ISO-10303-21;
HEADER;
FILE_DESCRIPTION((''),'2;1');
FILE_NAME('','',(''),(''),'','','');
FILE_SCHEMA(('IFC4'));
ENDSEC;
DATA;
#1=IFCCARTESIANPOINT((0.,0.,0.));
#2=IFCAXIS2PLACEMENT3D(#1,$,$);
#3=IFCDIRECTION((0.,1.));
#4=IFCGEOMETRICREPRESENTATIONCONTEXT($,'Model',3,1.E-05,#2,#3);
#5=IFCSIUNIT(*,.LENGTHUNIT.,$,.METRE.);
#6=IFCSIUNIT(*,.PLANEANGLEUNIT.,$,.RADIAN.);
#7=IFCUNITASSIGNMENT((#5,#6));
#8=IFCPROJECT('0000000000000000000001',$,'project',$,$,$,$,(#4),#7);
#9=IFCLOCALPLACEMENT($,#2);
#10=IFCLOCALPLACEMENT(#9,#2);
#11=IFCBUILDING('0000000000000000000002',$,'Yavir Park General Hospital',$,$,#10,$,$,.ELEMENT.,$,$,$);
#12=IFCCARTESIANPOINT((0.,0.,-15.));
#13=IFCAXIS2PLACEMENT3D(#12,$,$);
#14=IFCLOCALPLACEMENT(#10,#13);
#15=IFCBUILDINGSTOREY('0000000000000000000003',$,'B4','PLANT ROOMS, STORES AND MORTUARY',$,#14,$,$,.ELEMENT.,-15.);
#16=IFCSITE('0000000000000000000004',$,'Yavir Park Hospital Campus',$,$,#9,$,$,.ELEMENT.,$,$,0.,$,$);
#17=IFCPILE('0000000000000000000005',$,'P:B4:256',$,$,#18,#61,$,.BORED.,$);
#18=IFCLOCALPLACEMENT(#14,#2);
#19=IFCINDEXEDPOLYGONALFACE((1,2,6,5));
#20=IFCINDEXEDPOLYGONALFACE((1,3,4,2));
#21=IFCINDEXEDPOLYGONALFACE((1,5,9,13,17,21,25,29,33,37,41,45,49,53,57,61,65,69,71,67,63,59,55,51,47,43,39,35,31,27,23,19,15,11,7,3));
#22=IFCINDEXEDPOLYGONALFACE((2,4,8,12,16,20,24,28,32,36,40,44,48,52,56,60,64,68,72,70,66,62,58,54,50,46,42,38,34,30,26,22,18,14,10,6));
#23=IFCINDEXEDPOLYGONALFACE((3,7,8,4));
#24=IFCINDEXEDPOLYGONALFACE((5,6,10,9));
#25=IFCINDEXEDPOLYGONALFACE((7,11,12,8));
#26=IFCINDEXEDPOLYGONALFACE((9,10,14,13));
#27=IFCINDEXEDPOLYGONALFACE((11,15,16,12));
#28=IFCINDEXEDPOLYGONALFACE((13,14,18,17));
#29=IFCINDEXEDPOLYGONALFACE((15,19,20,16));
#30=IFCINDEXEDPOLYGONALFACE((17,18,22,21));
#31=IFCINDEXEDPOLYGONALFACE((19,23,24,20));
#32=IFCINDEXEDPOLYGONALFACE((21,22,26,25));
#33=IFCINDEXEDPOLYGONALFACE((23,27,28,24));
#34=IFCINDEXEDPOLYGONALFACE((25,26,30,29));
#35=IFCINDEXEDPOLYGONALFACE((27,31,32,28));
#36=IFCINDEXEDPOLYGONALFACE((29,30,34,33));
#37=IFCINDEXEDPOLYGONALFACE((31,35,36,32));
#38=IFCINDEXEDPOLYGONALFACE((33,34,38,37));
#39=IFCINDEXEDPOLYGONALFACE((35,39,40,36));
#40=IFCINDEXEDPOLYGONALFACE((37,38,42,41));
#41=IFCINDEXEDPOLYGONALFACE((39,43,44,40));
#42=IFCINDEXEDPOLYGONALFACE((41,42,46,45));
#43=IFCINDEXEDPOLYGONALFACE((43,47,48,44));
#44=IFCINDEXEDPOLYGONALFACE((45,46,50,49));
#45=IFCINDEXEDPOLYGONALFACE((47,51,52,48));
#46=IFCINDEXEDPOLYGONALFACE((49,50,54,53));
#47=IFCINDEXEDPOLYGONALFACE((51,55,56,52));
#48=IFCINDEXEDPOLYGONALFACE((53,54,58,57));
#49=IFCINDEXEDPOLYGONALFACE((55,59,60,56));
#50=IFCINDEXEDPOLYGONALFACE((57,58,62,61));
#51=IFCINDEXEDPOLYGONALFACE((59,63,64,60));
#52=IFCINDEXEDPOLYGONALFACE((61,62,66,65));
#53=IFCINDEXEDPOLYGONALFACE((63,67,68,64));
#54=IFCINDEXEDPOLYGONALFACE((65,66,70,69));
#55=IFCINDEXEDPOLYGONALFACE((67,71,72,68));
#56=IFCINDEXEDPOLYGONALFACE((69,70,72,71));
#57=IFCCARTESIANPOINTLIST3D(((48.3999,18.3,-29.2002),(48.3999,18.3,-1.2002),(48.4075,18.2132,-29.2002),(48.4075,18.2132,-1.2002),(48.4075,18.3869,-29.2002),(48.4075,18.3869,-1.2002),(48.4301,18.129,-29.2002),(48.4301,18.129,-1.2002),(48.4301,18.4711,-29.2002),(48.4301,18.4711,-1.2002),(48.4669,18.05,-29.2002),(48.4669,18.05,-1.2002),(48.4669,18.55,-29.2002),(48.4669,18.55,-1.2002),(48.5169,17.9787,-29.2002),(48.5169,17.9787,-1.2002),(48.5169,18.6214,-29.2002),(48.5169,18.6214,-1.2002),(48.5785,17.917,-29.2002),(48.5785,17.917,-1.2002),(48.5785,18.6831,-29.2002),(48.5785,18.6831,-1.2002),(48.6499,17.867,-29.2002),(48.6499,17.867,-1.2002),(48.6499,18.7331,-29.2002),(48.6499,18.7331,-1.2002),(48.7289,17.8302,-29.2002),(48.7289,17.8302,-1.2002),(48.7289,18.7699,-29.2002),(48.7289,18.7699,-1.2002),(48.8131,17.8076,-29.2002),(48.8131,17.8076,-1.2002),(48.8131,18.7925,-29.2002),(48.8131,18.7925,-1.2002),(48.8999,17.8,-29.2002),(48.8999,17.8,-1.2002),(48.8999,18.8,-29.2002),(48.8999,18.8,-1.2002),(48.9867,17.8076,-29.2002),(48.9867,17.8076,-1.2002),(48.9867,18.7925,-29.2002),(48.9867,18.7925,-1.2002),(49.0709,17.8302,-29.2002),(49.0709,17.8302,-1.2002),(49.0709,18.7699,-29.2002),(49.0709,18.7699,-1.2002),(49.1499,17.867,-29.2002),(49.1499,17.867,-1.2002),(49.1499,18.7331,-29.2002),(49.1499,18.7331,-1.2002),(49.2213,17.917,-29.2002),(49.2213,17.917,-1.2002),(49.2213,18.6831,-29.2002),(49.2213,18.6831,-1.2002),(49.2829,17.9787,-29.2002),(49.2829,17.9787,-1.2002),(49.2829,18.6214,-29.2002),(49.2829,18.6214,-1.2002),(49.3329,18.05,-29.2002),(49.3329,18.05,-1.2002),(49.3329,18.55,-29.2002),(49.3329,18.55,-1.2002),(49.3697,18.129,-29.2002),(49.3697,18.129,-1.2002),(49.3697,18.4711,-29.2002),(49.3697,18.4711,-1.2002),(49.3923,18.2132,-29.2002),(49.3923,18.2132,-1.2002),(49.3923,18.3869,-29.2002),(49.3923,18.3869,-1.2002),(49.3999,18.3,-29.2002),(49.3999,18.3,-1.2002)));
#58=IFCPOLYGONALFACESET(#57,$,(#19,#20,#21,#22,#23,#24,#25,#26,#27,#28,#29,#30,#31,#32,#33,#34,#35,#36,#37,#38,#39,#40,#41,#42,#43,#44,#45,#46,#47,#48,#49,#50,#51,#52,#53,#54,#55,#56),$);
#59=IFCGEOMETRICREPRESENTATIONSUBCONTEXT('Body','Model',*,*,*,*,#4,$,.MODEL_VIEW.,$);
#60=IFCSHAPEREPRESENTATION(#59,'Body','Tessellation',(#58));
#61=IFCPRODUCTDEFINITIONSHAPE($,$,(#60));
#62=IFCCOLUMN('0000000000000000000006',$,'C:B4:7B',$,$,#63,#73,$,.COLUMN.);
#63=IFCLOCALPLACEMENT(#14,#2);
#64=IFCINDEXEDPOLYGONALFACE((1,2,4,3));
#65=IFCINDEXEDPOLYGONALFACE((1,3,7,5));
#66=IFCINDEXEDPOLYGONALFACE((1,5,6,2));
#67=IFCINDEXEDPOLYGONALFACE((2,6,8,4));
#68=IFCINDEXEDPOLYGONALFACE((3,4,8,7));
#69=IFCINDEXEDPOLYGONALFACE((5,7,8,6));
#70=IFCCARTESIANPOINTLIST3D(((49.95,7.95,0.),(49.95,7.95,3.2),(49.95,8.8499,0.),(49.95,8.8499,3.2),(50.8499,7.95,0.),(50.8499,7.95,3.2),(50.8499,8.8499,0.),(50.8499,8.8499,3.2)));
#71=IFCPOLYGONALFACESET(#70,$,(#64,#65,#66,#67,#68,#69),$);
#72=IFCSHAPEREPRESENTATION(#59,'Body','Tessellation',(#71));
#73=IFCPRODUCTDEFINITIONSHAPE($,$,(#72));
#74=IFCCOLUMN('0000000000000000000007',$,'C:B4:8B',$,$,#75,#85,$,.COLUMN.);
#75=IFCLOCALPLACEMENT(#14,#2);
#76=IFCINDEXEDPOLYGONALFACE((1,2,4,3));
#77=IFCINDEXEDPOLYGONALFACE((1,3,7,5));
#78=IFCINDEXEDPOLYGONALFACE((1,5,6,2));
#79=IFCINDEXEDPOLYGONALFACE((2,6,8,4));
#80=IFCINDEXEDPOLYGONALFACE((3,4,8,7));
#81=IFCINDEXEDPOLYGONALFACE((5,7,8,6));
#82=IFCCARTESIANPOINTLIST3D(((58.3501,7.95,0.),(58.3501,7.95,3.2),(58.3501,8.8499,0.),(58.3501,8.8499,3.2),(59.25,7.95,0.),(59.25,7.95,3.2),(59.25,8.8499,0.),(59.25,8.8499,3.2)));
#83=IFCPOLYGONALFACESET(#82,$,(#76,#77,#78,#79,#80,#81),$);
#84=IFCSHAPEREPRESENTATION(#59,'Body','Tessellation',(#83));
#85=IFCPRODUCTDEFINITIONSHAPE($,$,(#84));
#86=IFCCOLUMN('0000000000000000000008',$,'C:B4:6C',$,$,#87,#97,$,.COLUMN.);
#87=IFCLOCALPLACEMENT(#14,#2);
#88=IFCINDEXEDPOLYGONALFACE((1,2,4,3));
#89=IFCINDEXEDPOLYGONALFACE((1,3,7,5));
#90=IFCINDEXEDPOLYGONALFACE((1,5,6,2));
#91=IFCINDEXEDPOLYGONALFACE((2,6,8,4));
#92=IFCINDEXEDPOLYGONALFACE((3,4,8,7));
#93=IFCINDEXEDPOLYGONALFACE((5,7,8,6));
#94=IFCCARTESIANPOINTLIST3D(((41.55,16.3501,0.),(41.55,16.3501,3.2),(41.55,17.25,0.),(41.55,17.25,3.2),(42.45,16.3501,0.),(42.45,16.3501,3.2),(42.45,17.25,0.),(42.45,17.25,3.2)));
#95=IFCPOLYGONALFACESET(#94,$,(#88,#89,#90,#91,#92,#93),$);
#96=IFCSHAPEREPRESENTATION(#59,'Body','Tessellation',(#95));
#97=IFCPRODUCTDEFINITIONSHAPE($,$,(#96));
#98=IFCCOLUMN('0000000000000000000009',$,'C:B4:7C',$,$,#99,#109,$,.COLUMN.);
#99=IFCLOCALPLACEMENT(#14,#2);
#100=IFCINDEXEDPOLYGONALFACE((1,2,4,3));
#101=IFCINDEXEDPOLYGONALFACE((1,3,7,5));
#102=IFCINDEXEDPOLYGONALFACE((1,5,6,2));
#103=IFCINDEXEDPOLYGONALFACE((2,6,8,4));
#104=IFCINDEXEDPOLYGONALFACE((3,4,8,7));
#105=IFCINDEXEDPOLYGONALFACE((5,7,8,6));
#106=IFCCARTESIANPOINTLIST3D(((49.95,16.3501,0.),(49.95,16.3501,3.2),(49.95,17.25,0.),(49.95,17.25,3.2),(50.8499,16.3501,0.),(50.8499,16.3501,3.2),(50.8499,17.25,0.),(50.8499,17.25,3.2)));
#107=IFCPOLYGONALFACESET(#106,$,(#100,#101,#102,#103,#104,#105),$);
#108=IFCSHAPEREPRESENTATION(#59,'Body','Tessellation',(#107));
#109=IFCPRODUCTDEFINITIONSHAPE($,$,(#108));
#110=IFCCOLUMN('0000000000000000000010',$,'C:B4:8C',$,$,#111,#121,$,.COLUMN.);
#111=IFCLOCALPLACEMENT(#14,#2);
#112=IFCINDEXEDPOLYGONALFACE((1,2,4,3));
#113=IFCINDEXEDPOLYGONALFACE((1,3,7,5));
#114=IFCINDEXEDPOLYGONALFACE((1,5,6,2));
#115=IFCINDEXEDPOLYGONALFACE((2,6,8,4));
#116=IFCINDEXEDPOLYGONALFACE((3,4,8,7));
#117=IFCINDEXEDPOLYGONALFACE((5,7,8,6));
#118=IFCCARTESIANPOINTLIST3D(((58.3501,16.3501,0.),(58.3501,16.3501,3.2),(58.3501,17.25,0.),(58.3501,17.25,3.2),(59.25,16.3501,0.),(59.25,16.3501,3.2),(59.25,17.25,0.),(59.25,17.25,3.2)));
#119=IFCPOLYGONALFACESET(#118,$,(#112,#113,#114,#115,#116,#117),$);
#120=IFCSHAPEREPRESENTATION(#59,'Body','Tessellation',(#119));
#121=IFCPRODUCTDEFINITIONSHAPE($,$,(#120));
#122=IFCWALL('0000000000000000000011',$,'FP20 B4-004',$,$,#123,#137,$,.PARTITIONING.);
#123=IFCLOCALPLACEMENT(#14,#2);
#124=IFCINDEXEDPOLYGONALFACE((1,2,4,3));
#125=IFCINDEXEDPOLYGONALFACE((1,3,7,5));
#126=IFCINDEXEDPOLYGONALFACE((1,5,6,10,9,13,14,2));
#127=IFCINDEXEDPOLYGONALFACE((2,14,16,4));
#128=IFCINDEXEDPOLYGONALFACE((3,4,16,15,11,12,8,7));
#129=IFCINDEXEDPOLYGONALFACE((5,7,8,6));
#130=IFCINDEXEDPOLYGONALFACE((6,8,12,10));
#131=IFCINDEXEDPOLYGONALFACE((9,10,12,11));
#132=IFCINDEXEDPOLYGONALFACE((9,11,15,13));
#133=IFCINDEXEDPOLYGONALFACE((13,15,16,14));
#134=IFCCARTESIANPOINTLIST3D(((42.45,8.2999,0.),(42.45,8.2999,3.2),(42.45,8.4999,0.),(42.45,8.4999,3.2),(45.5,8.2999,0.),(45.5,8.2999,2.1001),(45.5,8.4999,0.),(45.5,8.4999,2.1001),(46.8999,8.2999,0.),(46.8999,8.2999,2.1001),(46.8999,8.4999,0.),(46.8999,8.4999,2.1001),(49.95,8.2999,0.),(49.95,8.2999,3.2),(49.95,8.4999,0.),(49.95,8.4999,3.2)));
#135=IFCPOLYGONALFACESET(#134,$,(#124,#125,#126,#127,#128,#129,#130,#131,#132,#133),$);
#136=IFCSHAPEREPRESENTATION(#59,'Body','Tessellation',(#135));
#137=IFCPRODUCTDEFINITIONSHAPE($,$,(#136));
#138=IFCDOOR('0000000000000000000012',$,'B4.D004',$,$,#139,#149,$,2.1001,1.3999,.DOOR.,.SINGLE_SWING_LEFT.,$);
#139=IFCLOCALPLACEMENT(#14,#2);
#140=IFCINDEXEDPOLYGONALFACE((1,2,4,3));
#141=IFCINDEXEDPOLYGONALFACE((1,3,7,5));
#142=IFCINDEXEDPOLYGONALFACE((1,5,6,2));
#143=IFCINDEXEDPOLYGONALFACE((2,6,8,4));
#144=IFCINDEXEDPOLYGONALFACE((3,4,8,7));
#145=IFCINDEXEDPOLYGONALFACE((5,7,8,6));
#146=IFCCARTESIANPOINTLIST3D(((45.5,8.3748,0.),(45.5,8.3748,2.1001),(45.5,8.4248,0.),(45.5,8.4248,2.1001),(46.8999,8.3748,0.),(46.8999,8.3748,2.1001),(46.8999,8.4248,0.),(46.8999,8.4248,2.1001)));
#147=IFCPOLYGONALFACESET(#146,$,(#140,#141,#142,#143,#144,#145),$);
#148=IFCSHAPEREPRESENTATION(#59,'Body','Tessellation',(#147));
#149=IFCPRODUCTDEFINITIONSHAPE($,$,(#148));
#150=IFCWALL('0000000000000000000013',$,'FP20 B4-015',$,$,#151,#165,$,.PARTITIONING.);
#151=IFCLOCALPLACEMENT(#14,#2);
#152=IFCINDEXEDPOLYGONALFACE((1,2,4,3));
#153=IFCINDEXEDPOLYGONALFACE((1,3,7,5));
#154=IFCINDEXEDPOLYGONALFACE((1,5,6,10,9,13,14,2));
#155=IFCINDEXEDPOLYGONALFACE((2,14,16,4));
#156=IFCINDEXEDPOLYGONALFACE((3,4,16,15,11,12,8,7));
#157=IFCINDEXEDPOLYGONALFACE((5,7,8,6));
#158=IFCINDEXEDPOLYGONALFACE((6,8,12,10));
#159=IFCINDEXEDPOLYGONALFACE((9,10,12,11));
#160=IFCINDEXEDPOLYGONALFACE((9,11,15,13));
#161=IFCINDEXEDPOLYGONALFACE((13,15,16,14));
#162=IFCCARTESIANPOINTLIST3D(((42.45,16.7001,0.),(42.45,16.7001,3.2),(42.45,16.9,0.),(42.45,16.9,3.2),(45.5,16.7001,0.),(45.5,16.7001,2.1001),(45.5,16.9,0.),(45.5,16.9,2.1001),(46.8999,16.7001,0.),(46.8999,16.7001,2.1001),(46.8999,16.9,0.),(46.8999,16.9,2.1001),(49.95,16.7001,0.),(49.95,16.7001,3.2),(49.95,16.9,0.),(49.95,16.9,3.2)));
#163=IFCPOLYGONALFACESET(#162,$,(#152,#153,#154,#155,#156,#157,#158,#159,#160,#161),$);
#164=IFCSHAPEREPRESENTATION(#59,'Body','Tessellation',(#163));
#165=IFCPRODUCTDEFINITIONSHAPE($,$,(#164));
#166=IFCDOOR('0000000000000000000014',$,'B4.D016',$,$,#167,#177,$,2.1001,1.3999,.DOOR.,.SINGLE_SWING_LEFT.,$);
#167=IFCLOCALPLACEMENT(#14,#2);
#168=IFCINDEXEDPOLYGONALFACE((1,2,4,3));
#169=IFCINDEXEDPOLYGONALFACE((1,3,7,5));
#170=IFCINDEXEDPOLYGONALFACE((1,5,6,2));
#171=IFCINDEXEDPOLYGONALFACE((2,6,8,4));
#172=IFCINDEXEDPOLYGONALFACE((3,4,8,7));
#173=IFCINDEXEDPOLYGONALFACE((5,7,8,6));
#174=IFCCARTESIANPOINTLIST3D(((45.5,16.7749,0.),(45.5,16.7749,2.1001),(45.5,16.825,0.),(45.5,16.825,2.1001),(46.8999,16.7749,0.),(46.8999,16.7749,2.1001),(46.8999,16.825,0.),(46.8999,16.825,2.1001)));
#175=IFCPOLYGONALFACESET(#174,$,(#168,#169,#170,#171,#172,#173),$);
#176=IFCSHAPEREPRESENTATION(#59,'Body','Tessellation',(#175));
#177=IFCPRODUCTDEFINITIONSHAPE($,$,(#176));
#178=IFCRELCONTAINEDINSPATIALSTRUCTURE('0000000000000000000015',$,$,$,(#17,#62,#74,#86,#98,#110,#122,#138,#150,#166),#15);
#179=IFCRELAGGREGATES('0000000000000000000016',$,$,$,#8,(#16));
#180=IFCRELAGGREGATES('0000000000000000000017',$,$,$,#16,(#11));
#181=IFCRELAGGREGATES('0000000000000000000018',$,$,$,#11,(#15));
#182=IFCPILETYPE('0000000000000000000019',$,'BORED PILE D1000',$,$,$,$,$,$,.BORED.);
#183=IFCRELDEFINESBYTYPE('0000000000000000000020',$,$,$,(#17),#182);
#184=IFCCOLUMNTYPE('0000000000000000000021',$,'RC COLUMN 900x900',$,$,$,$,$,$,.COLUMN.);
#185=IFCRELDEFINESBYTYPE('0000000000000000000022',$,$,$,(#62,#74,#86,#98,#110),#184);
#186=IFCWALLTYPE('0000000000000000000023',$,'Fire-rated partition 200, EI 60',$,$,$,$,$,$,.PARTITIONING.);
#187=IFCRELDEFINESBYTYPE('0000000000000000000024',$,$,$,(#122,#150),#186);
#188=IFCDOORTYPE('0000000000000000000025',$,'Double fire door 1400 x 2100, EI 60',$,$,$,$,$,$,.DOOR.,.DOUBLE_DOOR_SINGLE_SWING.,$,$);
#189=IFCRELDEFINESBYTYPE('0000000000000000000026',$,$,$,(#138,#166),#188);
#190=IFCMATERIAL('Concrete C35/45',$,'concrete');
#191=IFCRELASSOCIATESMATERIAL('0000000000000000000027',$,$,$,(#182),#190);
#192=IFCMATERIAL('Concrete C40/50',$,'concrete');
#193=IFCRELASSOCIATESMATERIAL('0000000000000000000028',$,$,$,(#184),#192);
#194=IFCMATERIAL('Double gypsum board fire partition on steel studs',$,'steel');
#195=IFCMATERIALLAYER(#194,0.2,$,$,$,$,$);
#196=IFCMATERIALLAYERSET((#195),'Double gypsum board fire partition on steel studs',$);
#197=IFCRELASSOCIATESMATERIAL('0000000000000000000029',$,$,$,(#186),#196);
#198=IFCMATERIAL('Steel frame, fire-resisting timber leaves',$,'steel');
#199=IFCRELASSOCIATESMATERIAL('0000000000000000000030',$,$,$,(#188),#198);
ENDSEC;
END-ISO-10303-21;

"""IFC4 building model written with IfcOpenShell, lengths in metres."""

from ifc_helpers import new_model, si_unit, direction, frame, frame_2d, origin, origin_2d, place, context, subcontext, project, spatial, rectangle, circle, extrude, material, layer, layer_set, material_profile, profile_set, type_object, element, fill, save


model = new_model("IFC4")

# Units and contexts
model_context = context("Model", 3, precision=1e-05, world=origin(), true_north=direction((0.0, 1.0)))
body_context = subcontext(model_context, "Body", "Model", "MODEL_VIEW")
ifc_project = project(units=[si_unit("LENGTHUNIT", "METRE"), si_unit("PLANEANGLEUNIT", "RADIAN")], contexts=[model_context])

# Site, building, storey
site_placement = place(None, origin())
site = spatial("IfcSite", under=ifc_project, at=site_placement, Name="Yavir Park Hospital Campus", CompositionType="ELEMENT", RefElevation=0.0)
building_placement = place(site_placement, origin())
building = spatial("IfcBuilding", under=site, at=building_placement, Name="Yavir Park General Hospital", CompositionType="ELEMENT")
storey_placement = place(building_placement, frame((0.0, 0.0, -15.0)))
storey = spatial("IfcBuildingStorey", under=building, at=storey_placement, Name="B4", Description="PLANT ROOMS, STORES AND MORTUARY", CompositionType="ELEMENT", Elevation=-15.0)

# Pile
ifc_material_1 = material(Name="Concrete C35/45", Category="concrete")
ifc_material_profile_1 = material_profile(ifc_material_1, circle(Radius=0.5, at=origin_2d()), Name="D1000")
ifc_profile_set_1 = profile_set([ifc_material_profile_1], Name="Concrete C35/45")
pile_type = type_object("IfcPileType", Name="BORED PILE D1000", PredefinedType="BORED", material=ifc_profile_set_1)
for number, where, z_axis, x_axis, name in (
    (1, (48.8999, 18.3, -1.2002), (0.0, 0.0, -1.0), (1.0, 0.0, 0.0), "P:B4:256"),
):
    element("IfcPile", number, at=place(storey_placement, frame(where, z_axis=z_axis, x_axis=x_axis)), inside=storey, type_object=pile_type, Name=name, PredefinedType="BORED", context=body_context, shape_type="SweptSolid", body=[
        extrude(circle(Radius=0.5, at=origin_2d()), origin(), (0.0, 0.0, 1.0), 28.0),
    ])

# Columns
ifc_material_2 = material(Name="Concrete C40/50", Category="concrete")
ifc_material_profile_2 = material_profile(ifc_material_2, rectangle(XDim=0.8999, YDim=0.8999, at=origin_2d()), Name="RC900x900")
ifc_profile_set_2 = profile_set([ifc_material_profile_2], Name="Concrete C40/50")
column_type = type_object("IfcColumnType", Name="RC COLUMN 900x900", PredefinedType="COLUMN", material=ifc_profile_set_2)
for number, where, z_axis, x_axis, name in (
    (2, (50.3999, 8.3999, 0.0), (0.0, 0.0, 1.0), (1.0, 0.0, 0.0), "C:B4:7B"),
    (3, (58.8, 8.3999, 0.0), (0.0, 0.0, 1.0), (1.0, 0.0, 0.0), "C:B4:8B"),
    (4, (42.0, 16.8, 0.0), (0.0, 0.0, 1.0), (1.0, 0.0, 0.0), "C:B4:6C"),
    (5, (50.3999, 16.8, 0.0), (0.0, 0.0, 1.0), (1.0, 0.0, 0.0), "C:B4:7C"),
    (6, (58.8, 16.8, 0.0), (0.0, 0.0, 1.0), (1.0, 0.0, 0.0), "C:B4:8C"),
):
    element("IfcColumn", number, at=place(storey_placement, frame(where, z_axis=z_axis, x_axis=x_axis)), inside=storey, type_object=column_type, Name=name, PredefinedType="COLUMN", context=body_context, shape_type="SweptSolid", body=[
        extrude(rectangle(XDim=0.8999, YDim=0.8999, at=origin_2d()), origin(), (0.0, 0.0, 1.0), 3.2),
    ])

# Walls, openings, doors
ifc_material_3 = material(Name="Double gypsum board fire partition on steel studs", Category="steel")
ifc_layer = layer(ifc_material_3, 0.2)
ifc_layer_set = layer_set([ifc_layer], Name="Double gypsum board fire partition on steel studs")
wall_type = type_object("IfcWallType", Name="Fire-rated partition 200, EI 60", PredefinedType="PARTITIONING", material=ifc_layer_set)
wall_1_placement = place(storey_placement, frame((42.45, 8.3999, 0.0), z_axis=(0.0, 0.0, 1.0), x_axis=(1.0, 0.0, 0.0)))
wall_1 = element("IfcWall", 7, at=wall_1_placement, inside=storey, type_object=wall_type, Name="FP20 B4-004", PredefinedType="PARTITIONING", context=body_context, shape_type="SweptSolid", body=[
    extrude(rectangle(XDim=7.5, YDim=0.2, at=frame_2d((3.75, 0.0))), origin(), (0.0, 0.0, 1.0), 3.2),
])
opening_1_placement = place(wall_1_placement, frame((3.05, 0.0, 0.0)))
opening_1 = element("IfcOpeningElement", 8, at=opening_1_placement, cuts=wall_1, PredefinedType="OPENING", context=body_context, shape_type="SweptSolid", body=[
    extrude(rectangle(XDim=1.3999, YDim=2.1001, at=frame_2d((0.7, 1.05))), frame((0.0, 0.1099, 0.0), z_axis=(0.0, -1.0, 0.0), x_axis=(1.0, 0.0, 0.0)), (0.0, 0.0, 1.0), 0.22),
])
ifc_material_4 = material(Name="Steel frame, fire-resisting timber leaves", Category="steel")
door_type = type_object("IfcDoorType", Name="Double fire door 1400 x 2100, EI 60", OperationType="DOUBLE_DOOR_SINGLE_SWING", PredefinedType="DOOR", material=ifc_material_4)
door_1_placement = place(opening_1_placement, origin())
door_1 = element("IfcDoor", 9, at=door_1_placement, inside=storey, type_object=door_type, Name="B4.D004", OperationType="SINGLE_SWING_LEFT", OverallHeight=2.1001, OverallWidth=1.3999, PredefinedType="DOOR", context=body_context, shape_type="SweptSolid", body=[
    extrude(rectangle(XDim=1.3999, YDim=2.1001, at=frame_2d((0.7, 1.05))), frame((0.0, 0.0249, 0.0), z_axis=(0.0, -1.0, 0.0), x_axis=(1.0, 0.0, 0.0)), (0.0, 0.0, 1.0), 0.05),
])
fill(opening_1, door_1)
wall_2_placement = place(storey_placement, frame((42.45, 16.8, 0.0), z_axis=(0.0, 0.0, 1.0), x_axis=(1.0, 0.0, 0.0)))
wall_2 = element("IfcWall", 10, at=wall_2_placement, inside=storey, type_object=wall_type, Name="FP20 B4-015", PredefinedType="PARTITIONING", context=body_context, shape_type="SweptSolid", body=[
    extrude(rectangle(XDim=7.5, YDim=0.2, at=frame_2d((3.75, 0.0))), origin(), (0.0, 0.0, 1.0), 3.2),
])
opening_2_placement = place(wall_2_placement, frame((3.05, 0.0, 0.0)))
opening_2 = element("IfcOpeningElement", 11, at=opening_2_placement, cuts=wall_2, PredefinedType="OPENING", context=body_context, shape_type="SweptSolid", body=[
    extrude(rectangle(XDim=1.3999, YDim=2.1001, at=frame_2d((0.7, 1.05))), frame((0.0, 0.1099, 0.0), z_axis=(0.0, -1.0, 0.0), x_axis=(1.0, 0.0, 0.0)), (0.0, 0.0, 1.0), 0.22),
])
door_2_placement = place(opening_2_placement, origin())
door_2 = element("IfcDoor", 12, at=door_2_placement, inside=storey, type_object=door_type, Name="B4.D016", OperationType="SINGLE_SWING_LEFT", OverallHeight=2.1001, OverallWidth=1.3999, PredefinedType="DOOR", context=body_context, shape_type="SweptSolid", body=[
    extrude(rectangle(XDim=1.3999, YDim=2.1001, at=frame_2d((0.7, 1.05))), frame((0.0, 0.0249, 0.0), z_axis=(0.0, -1.0, 0.0), x_axis=(1.0, 0.0, 0.0)), (0.0, 0.0, 1.0), 0.05),
])
fill(opening_2, door_2)

save(model, "model.ifc")
